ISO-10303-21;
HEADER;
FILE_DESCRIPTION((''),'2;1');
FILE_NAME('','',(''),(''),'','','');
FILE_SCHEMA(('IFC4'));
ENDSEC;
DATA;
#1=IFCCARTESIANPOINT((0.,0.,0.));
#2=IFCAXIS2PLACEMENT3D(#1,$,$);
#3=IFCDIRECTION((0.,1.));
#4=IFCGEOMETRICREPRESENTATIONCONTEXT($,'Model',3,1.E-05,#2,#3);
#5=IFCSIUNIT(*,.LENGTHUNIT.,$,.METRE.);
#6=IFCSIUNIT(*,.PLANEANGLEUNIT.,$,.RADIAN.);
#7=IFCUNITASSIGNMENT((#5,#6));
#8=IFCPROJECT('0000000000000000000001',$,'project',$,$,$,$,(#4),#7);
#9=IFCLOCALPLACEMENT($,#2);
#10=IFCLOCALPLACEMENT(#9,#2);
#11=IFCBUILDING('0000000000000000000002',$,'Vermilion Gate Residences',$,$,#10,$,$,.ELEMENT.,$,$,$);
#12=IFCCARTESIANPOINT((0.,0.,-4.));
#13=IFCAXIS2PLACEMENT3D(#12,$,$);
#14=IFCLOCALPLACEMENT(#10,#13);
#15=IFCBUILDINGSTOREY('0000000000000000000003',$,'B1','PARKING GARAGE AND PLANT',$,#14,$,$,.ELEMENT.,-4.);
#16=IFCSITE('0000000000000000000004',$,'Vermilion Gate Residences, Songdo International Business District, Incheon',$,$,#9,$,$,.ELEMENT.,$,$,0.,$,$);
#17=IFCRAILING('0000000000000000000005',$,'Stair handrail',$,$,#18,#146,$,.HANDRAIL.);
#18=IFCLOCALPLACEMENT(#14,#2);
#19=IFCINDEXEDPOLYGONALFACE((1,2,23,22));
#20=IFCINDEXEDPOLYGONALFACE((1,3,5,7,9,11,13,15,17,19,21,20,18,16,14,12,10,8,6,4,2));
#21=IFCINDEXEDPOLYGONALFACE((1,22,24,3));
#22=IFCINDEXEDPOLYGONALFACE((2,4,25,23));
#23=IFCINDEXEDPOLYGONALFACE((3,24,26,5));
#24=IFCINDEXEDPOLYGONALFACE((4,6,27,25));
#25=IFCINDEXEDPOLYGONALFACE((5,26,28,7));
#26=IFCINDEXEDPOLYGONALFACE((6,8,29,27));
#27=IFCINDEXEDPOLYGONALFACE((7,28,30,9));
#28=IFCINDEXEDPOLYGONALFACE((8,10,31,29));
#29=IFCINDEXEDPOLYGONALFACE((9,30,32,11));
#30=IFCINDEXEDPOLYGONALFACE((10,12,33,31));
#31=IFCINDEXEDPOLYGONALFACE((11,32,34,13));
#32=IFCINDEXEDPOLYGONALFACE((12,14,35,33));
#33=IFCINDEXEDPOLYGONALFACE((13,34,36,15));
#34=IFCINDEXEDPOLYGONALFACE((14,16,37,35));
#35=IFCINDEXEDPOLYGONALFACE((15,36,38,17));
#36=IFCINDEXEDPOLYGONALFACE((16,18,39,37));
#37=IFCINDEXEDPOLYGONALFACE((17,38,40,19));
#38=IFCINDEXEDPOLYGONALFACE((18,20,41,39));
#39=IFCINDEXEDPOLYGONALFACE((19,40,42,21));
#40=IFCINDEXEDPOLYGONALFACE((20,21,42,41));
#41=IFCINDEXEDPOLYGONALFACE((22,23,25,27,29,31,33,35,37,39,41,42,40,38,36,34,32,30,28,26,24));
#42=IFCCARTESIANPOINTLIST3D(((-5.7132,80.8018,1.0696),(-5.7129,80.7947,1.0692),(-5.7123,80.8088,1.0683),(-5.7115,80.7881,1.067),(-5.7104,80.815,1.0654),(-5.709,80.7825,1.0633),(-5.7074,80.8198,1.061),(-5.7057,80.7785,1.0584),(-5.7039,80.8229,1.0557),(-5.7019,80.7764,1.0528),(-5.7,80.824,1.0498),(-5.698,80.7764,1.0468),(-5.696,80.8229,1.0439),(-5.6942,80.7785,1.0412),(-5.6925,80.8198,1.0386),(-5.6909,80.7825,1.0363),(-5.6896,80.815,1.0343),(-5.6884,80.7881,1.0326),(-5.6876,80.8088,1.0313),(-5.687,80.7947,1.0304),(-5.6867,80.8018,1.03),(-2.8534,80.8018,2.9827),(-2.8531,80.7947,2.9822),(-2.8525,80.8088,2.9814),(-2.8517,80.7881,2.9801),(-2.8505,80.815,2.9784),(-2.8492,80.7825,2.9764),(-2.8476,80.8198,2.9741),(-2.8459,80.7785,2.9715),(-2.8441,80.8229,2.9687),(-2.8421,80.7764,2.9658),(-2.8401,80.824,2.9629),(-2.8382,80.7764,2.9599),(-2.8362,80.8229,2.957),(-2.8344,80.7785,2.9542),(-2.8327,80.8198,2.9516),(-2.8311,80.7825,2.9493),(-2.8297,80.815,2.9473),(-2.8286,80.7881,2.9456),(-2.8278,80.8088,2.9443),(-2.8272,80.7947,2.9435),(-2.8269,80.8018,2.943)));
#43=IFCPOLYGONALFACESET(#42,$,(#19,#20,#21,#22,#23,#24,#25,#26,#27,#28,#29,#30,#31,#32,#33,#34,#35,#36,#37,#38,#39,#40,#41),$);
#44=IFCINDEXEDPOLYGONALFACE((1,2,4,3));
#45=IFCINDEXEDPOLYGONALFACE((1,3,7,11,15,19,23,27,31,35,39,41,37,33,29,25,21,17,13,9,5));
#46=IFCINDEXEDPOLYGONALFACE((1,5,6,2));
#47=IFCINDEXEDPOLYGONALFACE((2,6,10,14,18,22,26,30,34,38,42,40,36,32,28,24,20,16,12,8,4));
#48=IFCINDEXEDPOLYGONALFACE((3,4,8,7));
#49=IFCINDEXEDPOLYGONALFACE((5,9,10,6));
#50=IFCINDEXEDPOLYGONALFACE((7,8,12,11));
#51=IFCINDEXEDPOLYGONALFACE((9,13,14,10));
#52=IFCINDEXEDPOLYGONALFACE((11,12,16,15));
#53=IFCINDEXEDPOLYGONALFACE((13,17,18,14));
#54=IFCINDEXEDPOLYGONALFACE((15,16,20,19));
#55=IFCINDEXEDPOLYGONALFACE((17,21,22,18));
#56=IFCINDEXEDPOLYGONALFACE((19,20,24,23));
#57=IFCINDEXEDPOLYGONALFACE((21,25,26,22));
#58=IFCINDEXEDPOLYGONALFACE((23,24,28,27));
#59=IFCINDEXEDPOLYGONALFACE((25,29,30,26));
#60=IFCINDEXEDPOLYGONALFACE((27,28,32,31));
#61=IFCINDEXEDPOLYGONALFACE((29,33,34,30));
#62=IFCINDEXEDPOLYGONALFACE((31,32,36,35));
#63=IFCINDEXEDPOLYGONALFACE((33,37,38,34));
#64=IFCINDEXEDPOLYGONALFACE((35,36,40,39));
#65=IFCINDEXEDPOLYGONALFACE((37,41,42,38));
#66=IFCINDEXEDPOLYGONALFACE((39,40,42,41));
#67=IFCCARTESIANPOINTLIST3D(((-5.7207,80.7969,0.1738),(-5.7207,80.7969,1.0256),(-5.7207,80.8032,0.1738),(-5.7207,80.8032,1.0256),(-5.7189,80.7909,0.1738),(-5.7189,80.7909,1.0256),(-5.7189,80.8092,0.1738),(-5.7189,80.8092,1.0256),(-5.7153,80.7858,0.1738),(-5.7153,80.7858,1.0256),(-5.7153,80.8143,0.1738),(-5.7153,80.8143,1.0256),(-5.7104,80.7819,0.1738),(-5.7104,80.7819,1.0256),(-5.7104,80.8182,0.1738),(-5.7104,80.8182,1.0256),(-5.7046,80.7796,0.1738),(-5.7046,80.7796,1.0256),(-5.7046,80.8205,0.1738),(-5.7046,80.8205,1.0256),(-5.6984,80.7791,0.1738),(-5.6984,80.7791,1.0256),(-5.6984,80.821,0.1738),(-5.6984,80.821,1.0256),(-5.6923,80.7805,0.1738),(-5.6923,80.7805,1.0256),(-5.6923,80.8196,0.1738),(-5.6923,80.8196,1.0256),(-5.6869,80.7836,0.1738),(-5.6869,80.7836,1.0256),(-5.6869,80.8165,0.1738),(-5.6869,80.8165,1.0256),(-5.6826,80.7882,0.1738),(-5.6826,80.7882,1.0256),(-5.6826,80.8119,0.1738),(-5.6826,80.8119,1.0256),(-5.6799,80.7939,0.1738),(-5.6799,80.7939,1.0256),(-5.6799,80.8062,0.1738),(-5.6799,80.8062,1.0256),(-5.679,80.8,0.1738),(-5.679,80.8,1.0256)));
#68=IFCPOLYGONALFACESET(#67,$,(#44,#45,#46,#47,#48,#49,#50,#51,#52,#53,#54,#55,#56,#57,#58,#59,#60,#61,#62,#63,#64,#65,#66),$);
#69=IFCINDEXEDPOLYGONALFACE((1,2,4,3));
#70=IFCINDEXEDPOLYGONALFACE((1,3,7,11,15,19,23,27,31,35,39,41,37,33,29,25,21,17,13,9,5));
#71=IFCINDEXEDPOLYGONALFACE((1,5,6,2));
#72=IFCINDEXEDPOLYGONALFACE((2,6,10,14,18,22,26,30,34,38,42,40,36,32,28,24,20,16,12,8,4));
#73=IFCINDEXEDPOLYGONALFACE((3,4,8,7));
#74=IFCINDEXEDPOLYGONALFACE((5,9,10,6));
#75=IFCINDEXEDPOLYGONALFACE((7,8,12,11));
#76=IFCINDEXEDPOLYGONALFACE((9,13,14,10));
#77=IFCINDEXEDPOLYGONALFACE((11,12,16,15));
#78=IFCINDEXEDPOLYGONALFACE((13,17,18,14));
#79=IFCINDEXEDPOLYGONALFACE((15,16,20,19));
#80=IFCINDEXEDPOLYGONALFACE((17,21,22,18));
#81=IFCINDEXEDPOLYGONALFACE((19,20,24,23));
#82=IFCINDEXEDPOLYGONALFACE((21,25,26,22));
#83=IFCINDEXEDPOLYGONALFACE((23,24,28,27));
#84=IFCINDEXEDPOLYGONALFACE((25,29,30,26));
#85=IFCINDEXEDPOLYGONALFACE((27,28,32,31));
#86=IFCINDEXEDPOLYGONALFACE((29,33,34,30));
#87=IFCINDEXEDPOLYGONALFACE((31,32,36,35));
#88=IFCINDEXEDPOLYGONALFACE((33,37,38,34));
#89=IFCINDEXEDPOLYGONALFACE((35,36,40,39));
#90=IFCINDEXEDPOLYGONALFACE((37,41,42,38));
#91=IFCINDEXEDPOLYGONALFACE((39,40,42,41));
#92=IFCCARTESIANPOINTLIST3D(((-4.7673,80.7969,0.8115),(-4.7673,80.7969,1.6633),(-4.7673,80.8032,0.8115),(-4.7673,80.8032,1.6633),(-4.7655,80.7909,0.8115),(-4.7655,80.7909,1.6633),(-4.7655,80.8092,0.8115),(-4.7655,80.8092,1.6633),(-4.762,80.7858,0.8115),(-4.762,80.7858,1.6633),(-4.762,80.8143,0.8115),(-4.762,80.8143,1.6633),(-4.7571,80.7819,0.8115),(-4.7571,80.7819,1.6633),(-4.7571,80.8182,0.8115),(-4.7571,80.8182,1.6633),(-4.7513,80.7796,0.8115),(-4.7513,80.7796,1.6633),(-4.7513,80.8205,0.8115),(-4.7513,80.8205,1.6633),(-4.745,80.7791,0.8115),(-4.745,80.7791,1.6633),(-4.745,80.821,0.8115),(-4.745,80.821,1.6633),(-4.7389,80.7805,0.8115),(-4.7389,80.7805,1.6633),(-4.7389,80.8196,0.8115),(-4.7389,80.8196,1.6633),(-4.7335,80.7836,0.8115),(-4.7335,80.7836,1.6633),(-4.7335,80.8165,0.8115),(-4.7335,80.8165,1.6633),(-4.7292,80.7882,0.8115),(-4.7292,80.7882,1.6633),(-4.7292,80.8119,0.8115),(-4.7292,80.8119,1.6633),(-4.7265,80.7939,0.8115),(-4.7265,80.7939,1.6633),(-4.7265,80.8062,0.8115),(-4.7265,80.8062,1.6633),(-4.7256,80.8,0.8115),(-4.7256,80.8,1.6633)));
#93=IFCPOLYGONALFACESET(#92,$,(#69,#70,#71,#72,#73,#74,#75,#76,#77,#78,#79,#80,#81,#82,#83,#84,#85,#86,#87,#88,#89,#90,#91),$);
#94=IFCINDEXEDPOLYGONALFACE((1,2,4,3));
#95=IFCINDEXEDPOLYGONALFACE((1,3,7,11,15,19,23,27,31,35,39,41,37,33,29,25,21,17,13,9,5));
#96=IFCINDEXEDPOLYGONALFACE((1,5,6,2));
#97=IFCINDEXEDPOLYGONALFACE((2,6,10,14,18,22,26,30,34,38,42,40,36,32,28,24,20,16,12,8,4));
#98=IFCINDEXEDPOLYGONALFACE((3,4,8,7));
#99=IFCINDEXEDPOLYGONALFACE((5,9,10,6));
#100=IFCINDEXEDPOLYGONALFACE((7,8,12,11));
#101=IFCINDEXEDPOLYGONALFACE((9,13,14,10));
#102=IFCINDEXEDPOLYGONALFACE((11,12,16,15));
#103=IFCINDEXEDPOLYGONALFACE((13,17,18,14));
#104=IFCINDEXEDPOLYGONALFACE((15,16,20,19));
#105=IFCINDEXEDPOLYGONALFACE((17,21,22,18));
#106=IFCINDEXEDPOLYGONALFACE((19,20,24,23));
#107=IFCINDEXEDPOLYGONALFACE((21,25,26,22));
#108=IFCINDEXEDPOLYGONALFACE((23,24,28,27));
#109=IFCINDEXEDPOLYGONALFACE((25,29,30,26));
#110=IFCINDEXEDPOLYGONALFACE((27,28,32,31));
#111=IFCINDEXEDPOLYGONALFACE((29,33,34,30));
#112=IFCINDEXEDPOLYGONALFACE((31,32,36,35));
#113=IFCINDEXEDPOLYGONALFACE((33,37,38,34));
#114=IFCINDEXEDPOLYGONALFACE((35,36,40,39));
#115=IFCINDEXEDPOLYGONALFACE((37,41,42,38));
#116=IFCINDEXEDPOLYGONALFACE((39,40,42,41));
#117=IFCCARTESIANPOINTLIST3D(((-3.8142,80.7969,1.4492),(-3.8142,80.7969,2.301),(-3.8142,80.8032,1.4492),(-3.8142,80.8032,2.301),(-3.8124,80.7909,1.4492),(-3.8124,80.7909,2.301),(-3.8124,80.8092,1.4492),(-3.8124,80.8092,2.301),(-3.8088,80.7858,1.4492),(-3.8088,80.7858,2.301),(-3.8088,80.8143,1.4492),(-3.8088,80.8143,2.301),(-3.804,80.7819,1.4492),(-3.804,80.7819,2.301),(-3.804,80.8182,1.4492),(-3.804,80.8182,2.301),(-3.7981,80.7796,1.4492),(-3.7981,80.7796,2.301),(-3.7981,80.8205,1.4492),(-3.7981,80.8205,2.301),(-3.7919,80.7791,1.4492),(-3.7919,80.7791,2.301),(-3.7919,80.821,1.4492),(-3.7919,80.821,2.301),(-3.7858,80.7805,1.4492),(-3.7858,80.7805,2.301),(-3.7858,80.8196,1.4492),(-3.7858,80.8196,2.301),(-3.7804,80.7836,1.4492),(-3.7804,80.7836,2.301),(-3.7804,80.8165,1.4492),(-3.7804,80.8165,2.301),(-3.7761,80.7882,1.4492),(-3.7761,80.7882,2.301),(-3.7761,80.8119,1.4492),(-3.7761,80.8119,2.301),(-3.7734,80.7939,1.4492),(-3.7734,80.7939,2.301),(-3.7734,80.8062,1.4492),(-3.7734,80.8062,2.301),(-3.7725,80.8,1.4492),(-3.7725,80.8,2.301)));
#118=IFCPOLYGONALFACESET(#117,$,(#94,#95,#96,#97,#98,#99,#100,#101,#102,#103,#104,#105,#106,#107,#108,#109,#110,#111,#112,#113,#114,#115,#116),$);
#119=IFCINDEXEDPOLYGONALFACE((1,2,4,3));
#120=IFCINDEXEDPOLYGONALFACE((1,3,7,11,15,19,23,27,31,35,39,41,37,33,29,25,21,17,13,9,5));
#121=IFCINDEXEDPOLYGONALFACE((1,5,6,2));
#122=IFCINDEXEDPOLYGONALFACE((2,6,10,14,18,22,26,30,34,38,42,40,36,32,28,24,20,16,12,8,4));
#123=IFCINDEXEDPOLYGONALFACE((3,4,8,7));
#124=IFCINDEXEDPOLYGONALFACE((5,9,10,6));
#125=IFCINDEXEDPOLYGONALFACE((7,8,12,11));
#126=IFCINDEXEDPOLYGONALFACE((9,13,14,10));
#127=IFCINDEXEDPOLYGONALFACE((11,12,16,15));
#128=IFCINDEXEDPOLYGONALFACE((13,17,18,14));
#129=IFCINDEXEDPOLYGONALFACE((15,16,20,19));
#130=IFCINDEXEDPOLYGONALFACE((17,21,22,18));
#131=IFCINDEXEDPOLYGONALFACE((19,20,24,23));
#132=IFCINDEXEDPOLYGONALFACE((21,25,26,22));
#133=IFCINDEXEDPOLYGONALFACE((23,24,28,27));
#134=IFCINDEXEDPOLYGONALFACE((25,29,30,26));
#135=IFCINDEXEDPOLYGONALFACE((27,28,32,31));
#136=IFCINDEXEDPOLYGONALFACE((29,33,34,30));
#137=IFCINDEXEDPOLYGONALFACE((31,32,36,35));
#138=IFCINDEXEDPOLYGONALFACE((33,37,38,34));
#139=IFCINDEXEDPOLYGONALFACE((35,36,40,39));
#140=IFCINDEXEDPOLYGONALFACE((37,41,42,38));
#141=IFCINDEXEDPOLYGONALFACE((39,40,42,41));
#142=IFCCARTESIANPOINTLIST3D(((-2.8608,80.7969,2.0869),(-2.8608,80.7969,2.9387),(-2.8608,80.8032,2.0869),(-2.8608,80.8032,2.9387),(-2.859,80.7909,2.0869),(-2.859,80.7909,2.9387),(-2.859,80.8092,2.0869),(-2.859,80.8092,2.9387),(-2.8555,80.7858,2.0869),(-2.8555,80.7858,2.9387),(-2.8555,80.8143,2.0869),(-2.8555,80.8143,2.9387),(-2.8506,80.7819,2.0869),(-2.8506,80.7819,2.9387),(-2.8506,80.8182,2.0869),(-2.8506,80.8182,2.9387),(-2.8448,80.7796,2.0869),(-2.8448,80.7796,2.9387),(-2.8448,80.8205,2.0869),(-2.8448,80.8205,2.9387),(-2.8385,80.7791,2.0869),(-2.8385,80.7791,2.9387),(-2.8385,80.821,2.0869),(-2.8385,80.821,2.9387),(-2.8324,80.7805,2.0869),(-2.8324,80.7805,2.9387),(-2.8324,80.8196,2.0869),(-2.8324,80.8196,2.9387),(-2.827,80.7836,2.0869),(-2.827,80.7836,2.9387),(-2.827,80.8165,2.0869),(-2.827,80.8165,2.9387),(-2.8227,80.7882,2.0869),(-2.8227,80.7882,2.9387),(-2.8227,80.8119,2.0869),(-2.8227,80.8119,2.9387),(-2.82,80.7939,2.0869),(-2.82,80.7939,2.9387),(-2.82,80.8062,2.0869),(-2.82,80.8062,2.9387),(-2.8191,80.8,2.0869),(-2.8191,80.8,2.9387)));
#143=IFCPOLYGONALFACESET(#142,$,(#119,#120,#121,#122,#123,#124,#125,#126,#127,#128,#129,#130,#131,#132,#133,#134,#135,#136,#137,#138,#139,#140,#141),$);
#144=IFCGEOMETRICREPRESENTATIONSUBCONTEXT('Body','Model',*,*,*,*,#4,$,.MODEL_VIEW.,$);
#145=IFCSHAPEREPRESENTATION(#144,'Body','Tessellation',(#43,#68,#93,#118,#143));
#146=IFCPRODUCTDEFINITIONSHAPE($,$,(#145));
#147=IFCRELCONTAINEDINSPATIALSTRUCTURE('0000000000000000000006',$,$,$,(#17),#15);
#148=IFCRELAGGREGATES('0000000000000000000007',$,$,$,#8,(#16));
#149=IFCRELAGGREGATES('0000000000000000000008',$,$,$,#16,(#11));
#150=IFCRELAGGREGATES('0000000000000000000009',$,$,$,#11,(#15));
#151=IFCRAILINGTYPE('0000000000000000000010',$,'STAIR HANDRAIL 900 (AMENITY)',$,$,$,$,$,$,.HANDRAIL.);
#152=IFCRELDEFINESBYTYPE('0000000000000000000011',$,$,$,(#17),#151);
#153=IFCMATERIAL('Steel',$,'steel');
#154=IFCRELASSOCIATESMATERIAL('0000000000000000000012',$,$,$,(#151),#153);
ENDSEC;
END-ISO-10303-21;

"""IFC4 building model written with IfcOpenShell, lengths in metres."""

from ifc_helpers import new_model, si_unit, direction, frame, origin, origin_2d, place, context, subcontext, project, spatial, circle, extrude, material, type_object, element, save


model = new_model("IFC4")

# Units and contexts
model_context = context("Model", 3, precision=1e-05, world=origin(), true_north=direction((0.0, 1.0)))
body_context = subcontext(model_context, "Body", "Model", "MODEL_VIEW")
ifc_project = project(units=[si_unit("LENGTHUNIT", "METRE"), si_unit("PLANEANGLEUNIT", "RADIAN")], contexts=[model_context])

# Site, building, storey
site_placement = place(None, origin())
site = spatial("IfcSite", under=ifc_project, at=site_placement, Name="Vermilion Gate Residences, Songdo International Business District, Incheon", CompositionType="ELEMENT", RefElevation=0.0)
building_placement = place(site_placement, origin())
building = spatial("IfcBuilding", under=site, at=building_placement, Name="Vermilion Gate Residences", CompositionType="ELEMENT")
storey_placement = place(building_placement, frame((0.0, 0.0, -4.0)))
storey = spatial("IfcBuildingStorey", under=building, at=storey_placement, Name="B1", Description="PARKING GARAGE AND PLANT", CompositionType="ELEMENT", Elevation=-4.0)

# Railing
ifc_material_1 = material(Name="Steel", Category="steel")
railing_type = type_object("IfcRailingType", Name="STAIR HANDRAIL 900 (AMENITY)", PredefinedType="HANDRAIL", material=ifc_material_1)
railing_1_placement = place(storey_placement, frame((-5.7, 80.8, 0.1738)))
element("IfcRailing", 1, at=railing_1_placement, inside=storey, type_object=railing_type, Name="Stair handrail", PredefinedType="HANDRAIL", context=body_context, shape_type="SweptSolid", body=[
    extrude(circle(Radius=0.0239, at=origin_2d()), frame((0.0, 0.0, 0.876), z_axis=(0.831176, 0.0, 0.556009), x_axis=(0.0, 1.0, 0.0)), (0.0, 0.0, 1.0), 3.4407),
    extrude(circle(Radius=0.021, at=origin_2d()), origin(), (0.0, 0.0, 1.0), 0.8518),
    extrude(circle(Radius=0.021, at=origin_2d()), frame((0.9534, 0.0, 0.6377)), (0.0, 0.0, 1.0), 0.8518),
    extrude(circle(Radius=0.021, at=origin_2d()), frame((1.9065, 0.0, 1.2754)), (0.0, 0.0, 1.0), 0.8518),
    extrude(circle(Radius=0.021, at=origin_2d()), frame((2.8599, 0.0, 1.9131)), (0.0, 0.0, 1.0), 0.8518),
])

save(model, "model.ifc")
